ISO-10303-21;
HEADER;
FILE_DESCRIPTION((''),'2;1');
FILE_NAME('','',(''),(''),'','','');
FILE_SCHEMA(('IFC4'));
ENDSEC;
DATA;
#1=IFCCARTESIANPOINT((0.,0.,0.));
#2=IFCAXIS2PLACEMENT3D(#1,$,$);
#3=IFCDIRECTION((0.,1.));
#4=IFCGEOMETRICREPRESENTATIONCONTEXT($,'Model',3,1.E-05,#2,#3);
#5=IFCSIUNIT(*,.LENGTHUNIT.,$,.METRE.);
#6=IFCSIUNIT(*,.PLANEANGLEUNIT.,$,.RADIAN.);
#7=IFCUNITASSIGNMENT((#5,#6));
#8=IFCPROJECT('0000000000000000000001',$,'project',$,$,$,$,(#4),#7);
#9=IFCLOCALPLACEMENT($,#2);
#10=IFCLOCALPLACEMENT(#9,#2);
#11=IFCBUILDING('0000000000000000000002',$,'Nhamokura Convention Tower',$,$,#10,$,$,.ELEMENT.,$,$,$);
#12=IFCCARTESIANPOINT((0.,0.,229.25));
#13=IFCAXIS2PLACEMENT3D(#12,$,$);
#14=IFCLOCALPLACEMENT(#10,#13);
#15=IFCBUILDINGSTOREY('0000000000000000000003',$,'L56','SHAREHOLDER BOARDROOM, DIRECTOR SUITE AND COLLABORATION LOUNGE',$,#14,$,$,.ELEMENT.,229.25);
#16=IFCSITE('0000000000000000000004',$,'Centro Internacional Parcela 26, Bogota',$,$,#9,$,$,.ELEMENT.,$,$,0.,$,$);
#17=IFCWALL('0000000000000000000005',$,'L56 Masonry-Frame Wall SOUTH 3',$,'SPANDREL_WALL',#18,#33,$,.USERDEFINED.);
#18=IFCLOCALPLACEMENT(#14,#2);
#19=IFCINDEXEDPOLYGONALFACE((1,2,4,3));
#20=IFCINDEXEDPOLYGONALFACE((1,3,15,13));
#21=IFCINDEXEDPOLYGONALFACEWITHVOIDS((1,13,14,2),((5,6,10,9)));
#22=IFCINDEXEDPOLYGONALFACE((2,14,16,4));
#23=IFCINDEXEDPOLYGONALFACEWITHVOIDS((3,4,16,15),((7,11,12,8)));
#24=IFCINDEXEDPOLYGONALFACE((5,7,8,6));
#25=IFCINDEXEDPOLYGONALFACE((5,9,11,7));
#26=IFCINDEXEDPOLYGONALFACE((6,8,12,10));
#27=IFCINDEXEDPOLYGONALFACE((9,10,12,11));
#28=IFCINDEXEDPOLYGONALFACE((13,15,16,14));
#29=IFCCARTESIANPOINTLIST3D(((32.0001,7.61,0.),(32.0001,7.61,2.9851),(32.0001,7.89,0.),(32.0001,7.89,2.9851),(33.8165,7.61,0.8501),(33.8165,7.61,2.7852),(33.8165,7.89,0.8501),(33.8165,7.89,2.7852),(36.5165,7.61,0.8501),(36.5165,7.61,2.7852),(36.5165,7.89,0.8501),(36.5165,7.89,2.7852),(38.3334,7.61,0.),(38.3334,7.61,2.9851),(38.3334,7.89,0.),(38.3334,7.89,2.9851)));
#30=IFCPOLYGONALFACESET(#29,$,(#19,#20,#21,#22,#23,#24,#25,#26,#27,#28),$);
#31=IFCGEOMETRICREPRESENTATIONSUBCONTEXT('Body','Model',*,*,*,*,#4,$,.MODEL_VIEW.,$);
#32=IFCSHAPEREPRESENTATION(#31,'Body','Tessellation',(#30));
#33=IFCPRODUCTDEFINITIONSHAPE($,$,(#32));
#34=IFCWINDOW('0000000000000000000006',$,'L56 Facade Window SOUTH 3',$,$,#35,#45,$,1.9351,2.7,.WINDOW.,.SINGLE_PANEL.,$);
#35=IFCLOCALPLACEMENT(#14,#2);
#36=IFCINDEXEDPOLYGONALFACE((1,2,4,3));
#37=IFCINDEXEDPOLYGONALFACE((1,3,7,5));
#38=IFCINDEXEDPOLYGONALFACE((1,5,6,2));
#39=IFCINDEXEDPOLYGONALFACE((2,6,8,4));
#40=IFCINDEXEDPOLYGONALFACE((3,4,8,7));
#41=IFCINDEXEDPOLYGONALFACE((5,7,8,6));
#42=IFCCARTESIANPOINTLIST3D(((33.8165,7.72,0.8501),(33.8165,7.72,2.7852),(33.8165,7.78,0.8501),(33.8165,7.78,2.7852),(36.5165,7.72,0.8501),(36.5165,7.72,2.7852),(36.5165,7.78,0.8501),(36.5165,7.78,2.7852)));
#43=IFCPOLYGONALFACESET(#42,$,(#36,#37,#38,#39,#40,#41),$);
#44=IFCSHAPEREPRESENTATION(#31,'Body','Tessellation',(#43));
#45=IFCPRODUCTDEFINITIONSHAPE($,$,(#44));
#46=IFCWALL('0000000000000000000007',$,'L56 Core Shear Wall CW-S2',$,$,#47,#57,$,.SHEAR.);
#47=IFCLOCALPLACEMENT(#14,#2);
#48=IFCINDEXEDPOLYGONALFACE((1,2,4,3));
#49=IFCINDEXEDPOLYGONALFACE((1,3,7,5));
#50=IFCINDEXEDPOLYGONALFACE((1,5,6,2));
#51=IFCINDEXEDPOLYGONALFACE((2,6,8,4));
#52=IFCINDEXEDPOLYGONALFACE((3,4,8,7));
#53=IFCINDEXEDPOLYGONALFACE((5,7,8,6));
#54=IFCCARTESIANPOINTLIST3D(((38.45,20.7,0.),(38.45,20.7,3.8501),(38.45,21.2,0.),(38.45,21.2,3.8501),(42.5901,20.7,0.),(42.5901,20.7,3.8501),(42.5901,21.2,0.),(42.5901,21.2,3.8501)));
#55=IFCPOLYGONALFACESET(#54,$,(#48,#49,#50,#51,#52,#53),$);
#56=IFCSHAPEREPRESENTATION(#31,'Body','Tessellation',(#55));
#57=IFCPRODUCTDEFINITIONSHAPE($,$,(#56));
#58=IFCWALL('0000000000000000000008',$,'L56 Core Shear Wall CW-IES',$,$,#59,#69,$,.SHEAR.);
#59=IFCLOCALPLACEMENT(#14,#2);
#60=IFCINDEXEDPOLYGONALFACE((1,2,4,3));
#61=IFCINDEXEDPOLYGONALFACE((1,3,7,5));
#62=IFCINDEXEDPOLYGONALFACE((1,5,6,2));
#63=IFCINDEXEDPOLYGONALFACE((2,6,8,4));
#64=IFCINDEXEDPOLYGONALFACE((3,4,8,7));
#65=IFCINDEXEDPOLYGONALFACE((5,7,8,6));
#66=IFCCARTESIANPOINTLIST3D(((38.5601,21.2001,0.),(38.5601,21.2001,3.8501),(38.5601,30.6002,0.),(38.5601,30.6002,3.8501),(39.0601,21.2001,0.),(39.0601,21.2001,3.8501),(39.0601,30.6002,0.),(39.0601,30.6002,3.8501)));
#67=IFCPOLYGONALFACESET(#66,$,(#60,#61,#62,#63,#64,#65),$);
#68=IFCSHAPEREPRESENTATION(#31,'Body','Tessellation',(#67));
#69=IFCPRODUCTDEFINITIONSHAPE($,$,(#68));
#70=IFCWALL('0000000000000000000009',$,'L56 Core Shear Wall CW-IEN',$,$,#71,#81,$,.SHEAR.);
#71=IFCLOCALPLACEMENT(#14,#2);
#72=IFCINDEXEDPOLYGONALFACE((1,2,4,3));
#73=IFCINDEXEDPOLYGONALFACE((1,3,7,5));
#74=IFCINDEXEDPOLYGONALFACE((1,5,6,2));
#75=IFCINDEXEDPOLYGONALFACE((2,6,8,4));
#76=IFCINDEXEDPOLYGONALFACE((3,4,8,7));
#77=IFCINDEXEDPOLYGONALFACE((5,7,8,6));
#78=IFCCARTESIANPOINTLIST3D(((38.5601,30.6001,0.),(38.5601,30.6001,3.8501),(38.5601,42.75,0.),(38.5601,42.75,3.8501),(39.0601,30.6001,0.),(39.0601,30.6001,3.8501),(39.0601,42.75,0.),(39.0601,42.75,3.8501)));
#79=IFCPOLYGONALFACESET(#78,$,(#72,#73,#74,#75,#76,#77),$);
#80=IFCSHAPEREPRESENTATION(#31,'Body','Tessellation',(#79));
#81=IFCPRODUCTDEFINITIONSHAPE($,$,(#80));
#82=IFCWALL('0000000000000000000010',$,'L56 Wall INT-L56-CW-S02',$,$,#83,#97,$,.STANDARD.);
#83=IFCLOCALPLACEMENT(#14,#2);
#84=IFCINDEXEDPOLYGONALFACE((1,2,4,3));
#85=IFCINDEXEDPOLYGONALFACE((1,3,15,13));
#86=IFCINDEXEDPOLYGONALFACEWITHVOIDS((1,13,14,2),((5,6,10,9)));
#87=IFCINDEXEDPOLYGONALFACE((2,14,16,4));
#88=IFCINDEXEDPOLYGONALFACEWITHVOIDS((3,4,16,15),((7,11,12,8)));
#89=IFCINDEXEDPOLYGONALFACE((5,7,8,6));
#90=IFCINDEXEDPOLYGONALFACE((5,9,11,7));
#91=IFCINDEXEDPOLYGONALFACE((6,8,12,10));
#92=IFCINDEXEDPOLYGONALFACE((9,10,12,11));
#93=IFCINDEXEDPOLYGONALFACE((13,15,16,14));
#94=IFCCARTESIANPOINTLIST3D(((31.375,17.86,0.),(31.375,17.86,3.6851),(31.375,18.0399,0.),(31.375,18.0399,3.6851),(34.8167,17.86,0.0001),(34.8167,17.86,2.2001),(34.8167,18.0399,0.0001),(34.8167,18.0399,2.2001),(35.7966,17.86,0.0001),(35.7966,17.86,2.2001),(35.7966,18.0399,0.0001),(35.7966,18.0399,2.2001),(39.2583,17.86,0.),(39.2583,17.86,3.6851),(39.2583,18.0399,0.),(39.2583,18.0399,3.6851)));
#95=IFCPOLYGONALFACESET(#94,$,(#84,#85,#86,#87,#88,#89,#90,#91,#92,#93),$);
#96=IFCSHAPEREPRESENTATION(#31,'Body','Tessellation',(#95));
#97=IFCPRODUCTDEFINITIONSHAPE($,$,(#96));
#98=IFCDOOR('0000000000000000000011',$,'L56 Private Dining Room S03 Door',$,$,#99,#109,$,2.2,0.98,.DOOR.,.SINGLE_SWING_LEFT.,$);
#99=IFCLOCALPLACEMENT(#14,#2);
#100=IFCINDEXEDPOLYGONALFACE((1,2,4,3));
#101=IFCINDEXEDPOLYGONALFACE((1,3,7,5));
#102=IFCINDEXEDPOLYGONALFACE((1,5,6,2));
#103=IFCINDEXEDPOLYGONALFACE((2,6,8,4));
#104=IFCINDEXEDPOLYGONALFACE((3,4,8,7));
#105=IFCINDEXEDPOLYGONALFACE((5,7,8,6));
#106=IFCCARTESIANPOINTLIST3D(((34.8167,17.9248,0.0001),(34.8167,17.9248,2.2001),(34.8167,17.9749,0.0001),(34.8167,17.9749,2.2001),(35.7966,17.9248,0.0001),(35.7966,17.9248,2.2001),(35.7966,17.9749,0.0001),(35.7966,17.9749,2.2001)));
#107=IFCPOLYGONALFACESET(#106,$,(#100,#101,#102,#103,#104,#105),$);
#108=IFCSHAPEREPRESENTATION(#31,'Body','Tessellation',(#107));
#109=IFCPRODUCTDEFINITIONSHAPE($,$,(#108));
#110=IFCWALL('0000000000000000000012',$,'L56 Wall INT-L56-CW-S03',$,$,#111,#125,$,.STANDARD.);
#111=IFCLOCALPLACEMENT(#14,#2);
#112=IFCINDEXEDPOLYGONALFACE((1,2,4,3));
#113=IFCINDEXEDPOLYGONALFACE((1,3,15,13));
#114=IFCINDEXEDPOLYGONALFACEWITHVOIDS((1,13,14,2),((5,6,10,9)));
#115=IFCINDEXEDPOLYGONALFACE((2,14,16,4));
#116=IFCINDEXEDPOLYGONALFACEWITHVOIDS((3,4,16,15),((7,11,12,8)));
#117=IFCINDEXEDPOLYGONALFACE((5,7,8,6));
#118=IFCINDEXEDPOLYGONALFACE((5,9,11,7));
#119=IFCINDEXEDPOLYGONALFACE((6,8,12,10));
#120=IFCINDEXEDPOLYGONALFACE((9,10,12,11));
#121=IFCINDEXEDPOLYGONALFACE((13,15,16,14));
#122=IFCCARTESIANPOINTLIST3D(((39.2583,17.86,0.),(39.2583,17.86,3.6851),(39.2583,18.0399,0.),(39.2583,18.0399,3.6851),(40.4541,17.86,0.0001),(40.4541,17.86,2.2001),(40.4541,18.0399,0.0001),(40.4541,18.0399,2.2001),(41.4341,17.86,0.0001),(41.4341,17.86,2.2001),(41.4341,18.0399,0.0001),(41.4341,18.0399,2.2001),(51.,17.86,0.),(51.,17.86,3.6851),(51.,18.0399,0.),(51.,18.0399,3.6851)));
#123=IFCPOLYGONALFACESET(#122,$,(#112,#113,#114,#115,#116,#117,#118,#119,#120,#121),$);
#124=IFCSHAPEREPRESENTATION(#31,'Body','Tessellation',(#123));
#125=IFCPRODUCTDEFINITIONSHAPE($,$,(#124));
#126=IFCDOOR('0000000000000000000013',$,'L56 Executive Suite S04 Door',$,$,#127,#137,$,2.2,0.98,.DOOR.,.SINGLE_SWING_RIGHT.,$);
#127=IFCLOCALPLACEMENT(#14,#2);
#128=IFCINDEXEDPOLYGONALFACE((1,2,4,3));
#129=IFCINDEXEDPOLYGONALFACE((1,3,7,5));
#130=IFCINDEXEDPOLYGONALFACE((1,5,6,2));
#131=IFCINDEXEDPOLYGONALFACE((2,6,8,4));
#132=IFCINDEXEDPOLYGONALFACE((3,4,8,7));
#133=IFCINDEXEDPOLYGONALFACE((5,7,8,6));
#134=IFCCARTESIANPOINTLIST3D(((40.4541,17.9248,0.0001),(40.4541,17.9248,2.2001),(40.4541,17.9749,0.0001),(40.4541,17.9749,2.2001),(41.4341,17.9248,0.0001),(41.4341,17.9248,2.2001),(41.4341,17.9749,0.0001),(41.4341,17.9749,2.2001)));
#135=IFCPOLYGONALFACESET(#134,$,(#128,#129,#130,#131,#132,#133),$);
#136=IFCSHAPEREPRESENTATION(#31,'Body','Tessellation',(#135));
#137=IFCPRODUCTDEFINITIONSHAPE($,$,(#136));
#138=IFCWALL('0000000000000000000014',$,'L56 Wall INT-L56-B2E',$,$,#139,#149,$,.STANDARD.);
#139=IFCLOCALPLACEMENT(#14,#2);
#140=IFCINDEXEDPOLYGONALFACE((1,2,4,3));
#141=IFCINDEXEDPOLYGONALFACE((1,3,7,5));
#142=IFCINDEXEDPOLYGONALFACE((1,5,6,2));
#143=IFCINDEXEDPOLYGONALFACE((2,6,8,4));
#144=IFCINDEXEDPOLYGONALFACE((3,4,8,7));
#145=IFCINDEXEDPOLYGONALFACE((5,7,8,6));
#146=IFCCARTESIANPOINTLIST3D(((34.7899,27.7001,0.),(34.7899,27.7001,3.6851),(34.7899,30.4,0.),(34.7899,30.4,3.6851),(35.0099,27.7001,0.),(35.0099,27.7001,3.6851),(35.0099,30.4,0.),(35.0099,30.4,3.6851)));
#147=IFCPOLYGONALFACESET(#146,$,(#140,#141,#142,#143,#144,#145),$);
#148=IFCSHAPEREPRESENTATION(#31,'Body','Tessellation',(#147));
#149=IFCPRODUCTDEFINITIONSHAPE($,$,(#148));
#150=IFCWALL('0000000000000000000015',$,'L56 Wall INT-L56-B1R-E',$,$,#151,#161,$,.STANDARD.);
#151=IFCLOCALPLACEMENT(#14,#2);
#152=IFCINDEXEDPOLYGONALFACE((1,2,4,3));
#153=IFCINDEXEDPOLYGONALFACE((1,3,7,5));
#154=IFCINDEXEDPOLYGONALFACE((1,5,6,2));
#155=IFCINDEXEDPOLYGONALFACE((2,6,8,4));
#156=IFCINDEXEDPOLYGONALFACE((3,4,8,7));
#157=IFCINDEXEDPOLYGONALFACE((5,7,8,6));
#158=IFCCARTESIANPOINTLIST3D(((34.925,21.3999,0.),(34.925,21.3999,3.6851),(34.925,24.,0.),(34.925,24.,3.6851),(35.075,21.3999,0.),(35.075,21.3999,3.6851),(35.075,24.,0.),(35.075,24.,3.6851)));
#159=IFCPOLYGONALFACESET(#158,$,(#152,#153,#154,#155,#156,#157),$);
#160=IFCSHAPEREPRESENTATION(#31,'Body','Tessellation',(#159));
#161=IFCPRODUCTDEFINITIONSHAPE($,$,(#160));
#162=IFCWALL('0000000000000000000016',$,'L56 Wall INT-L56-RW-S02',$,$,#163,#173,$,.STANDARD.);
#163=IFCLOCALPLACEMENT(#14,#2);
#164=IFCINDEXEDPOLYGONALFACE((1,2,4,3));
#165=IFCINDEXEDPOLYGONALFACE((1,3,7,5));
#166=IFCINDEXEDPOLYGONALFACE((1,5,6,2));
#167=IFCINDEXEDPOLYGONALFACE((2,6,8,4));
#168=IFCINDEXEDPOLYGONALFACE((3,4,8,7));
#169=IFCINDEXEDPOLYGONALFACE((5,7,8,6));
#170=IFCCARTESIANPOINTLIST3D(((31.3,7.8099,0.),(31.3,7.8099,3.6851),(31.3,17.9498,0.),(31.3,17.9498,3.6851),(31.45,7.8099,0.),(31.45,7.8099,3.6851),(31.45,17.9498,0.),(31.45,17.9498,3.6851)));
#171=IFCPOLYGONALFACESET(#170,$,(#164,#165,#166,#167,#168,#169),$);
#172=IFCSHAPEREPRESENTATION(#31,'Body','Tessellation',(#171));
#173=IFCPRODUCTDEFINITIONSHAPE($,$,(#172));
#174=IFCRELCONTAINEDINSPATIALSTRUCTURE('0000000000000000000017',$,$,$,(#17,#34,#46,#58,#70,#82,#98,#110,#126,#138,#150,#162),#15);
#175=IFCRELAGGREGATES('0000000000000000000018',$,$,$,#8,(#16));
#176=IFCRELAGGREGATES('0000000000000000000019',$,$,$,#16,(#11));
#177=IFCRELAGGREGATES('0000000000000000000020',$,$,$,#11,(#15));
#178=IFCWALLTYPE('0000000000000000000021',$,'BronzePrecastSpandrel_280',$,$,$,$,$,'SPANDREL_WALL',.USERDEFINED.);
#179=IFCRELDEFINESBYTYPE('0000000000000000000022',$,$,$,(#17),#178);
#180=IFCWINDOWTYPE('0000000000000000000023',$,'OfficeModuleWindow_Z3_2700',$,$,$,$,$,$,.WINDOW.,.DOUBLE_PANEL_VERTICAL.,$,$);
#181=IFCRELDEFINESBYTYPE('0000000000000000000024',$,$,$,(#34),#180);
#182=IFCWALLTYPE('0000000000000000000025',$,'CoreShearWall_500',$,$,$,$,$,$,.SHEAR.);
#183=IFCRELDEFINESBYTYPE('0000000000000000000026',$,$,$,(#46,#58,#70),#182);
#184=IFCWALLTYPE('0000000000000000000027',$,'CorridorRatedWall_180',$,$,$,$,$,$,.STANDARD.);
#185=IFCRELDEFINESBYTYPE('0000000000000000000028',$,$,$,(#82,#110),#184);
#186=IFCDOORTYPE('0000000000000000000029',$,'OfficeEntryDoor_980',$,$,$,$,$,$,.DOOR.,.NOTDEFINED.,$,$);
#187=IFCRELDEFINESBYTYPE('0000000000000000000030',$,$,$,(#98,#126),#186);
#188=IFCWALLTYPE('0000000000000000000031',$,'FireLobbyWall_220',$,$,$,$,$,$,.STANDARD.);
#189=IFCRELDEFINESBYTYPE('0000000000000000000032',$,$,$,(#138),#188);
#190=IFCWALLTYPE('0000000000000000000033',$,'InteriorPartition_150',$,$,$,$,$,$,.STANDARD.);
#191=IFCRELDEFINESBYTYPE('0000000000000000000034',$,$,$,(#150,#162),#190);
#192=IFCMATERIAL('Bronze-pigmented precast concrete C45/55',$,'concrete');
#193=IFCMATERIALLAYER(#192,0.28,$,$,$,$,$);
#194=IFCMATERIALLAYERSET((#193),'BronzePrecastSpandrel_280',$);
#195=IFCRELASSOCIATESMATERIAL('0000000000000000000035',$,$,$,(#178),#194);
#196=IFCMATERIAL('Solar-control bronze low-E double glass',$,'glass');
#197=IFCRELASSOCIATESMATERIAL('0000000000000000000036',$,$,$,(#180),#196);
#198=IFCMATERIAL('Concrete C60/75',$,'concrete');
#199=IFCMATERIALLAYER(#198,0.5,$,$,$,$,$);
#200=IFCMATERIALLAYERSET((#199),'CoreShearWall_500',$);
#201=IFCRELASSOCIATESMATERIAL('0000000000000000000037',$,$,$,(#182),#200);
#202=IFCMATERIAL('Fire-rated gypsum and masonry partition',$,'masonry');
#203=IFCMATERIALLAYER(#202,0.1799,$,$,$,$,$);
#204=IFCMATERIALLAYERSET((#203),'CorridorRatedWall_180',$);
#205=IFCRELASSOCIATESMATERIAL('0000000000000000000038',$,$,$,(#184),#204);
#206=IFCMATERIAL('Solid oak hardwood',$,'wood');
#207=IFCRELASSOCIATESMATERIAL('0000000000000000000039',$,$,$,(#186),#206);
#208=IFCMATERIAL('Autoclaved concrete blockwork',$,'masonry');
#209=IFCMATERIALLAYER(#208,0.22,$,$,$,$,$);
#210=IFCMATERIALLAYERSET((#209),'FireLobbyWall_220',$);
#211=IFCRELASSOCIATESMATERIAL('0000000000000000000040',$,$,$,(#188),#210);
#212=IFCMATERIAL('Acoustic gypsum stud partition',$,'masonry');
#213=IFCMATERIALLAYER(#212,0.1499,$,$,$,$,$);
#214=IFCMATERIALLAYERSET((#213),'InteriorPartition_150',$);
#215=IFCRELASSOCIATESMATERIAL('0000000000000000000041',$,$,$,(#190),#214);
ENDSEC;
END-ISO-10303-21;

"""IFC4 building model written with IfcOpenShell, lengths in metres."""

from ifc_helpers import new_model, si_unit, direction, frame, frame_2d, origin, place, context, subcontext, project, spatial, rectangle, extrude, material, layer, layer_set, type_object, element, fill, save


model = new_model("IFC4")

# Units and contexts
model_context = context("Model", 3, precision=1e-05, world=origin(), true_north=direction((0.0, 1.0)))
body_context = subcontext(model_context, "Body", "Model", "MODEL_VIEW")
ifc_project = project(units=[si_unit("LENGTHUNIT", "METRE"), si_unit("PLANEANGLEUNIT", "RADIAN")], contexts=[model_context])

# Site, building, storey
site_placement = place(None, origin())
site = spatial("IfcSite", under=ifc_project, at=site_placement, Name="Centro Internacional Parcela 26, Bogota", CompositionType="ELEMENT", RefElevation=0.0)
building_placement = place(site_placement, origin())
building = spatial("IfcBuilding", under=site, at=building_placement, Name="Nhamokura Convention Tower", CompositionType="ELEMENT")
storey_placement = place(building_placement, frame((0.0, 0.0, 229.25)))
storey = spatial("IfcBuildingStorey", under=building, at=storey_placement, Name="L56", Description="SHAREHOLDER BOARDROOM, DIRECTOR SUITE AND COLLABORATION LOUNGE", CompositionType="ELEMENT", Elevation=229.25)

# Wall, opening, window
ifc_material_1 = material(Name="Bronze-pigmented precast concrete C45/55", Category="concrete")
ifc_layer_1 = layer(ifc_material_1, 0.28)
ifc_layer_set_1 = layer_set([ifc_layer_1], Name="BronzePrecastSpandrel_280")
wall_type_1 = type_object("IfcWallType", Name="BronzePrecastSpandrel_280", ElementType="SPANDREL_WALL", PredefinedType="USERDEFINED", material=ifc_layer_set_1)
ifc_material_2 = material(Name="Solar-control bronze low-E double glass", Category="glass")
window_type = type_object("IfcWindowType", Name="OfficeModuleWindow_Z3_2700", PartitioningType="DOUBLE_PANEL_VERTICAL", PredefinedType="WINDOW", material=ifc_material_2)
wall_1_placement = place(storey_placement, frame((38.3333, 7.75, 0.0), z_axis=(0.0, 0.0, 1.0), x_axis=(-1.0, 0.0, 0.0)))
wall_1 = element("IfcWall", 1, at=wall_1_placement, inside=storey, type_object=wall_type_1, Name="L56 Masonry-Frame Wall SOUTH 3", ObjectType="SPANDREL_WALL", PredefinedType="USERDEFINED", context=body_context, shape_type="SweptSolid", body=[
    extrude(rectangle(XDim=6.3333, YDim=0.28, at=frame_2d((3.1665, 0.0))), origin(), (0.0, 0.0, 1.0), 2.9851),
])
opening_1_placement = place(wall_1_placement, frame((1.8167, 0.0, 0.8501)))
opening_1 = element("IfcOpeningElement", 2, at=opening_1_placement, cuts=wall_1, PredefinedType="OPENING", context=body_context, shape_type="SweptSolid", body=[
    extrude(rectangle(XDim=2.7, YDim=1.9351, at=frame_2d((1.3501, 0.9675))), frame((0.0, 0.1499, 0.0), z_axis=(0.0, -1.0, 0.0), x_axis=(1.0, 0.0, 0.0)), (0.0, 0.0, 1.0), 0.3),
])
window_1_placement = place(opening_1_placement, origin())
window_1 = element("IfcWindow", 3, at=window_1_placement, inside=storey, type_object=window_type, Name="L56 Facade Window SOUTH 3", OverallHeight=1.9351, OverallWidth=2.7, PartitioningType="SINGLE_PANEL", PredefinedType="WINDOW", context=body_context, shape_type="SweptSolid", body=[
    extrude(rectangle(XDim=2.7, YDim=1.9351, at=frame_2d((1.3501, 0.9675))), frame((0.0, 0.03, 0.0), z_axis=(0.0, -1.0, 0.0), x_axis=(1.0, 0.0, 0.0)), (0.0, 0.0, 1.0), 0.0601),
])
fill(opening_1, window_1)

# Walls
ifc_material_3 = material(Name="Concrete C60/75", Category="concrete")
ifc_layer_2 = layer(ifc_material_3, 0.5)
ifc_layer_set_2 = layer_set([ifc_layer_2], Name="CoreShearWall_500")
wall_type_2 = type_object("IfcWallType", Name="CoreShearWall_500", PredefinedType="SHEAR", material=ifc_layer_set_2)
wall_2_placement = place(storey_placement, frame((38.45, 20.95, 0.0), z_axis=(0.0, 0.0, 1.0), x_axis=(1.0, 0.0, 0.0)))
element("IfcWall", 4, at=wall_2_placement, inside=storey, type_object=wall_type_2, Name="L56 Core Shear Wall CW-S2", PredefinedType="SHEAR", context=body_context, shape_type="SweptSolid", body=[
    extrude(rectangle(XDim=4.1401, YDim=0.5, at=frame_2d((2.0701, 0.0))), origin(), (0.0, 0.0, 1.0), 3.8501),
])
wall_3_placement = place(storey_placement, frame((38.8101, 21.2, 0.0), z_axis=(0.0, 0.0, 1.0), x_axis=(0.0, 1.0, 0.0)))
element("IfcWall", 5, at=wall_3_placement, inside=storey, type_object=wall_type_2, Name="L56 Core Shear Wall CW-IES", PredefinedType="SHEAR", context=body_context, shape_type="SweptSolid", body=[
    extrude(rectangle(XDim=9.4001, YDim=0.5, at=frame_2d((4.7002, 0.0))), origin(), (0.0, 0.0, 1.0), 3.8501),
])
wall_4_placement = place(storey_placement, frame((38.8101, 30.6001, 0.0), z_axis=(0.0, 0.0, 1.0), x_axis=(0.0, 1.0, 0.0)))
element("IfcWall", 6, at=wall_4_placement, inside=storey, type_object=wall_type_2, Name="L56 Core Shear Wall CW-IEN", PredefinedType="SHEAR", context=body_context, shape_type="SweptSolid", body=[
    extrude(rectangle(XDim=12.1499, YDim=0.5, at=frame_2d((6.075, 0.0))), origin(), (0.0, 0.0, 1.0), 3.8501),
])

# Walls, openings, doors
ifc_material_4 = material(Name="Fire-rated gypsum and masonry partition", Category="masonry")
ifc_layer_3 = layer(ifc_material_4, 0.1799)
ifc_layer_set_3 = layer_set([ifc_layer_3], Name="CorridorRatedWall_180")
wall_type_3 = type_object("IfcWallType", Name="CorridorRatedWall_180", PredefinedType="STANDARD", material=ifc_layer_set_3)
wall_5_placement = place(storey_placement, frame((31.375, 17.95, 0.0), z_axis=(0.0, 0.0, 1.0), x_axis=(1.0, 0.0, 0.0)))
wall_5 = element("IfcWall", 7, at=wall_5_placement, inside=storey, type_object=wall_type_3, Name="L56 Wall INT-L56-CW-S02", PredefinedType="STANDARD", context=body_context, shape_type="SweptSolid", body=[
    extrude(rectangle(XDim=7.8833, YDim=0.1799, at=frame_2d((3.9417, 0.0))), origin(), (0.0, 0.0, 1.0), 3.6851),
])
opening_2_placement = place(wall_5_placement, frame((3.4417, 0.0, 0.0)))
opening_2 = element("IfcOpeningElement", 8, at=opening_2_placement, cuts=wall_5, PredefinedType="OPENING", context=body_context, shape_type="SweptSolid", body=[
    extrude(rectangle(XDim=0.98, YDim=2.2, at=frame_2d((0.49, 1.1001))), frame((0.0, 0.0999, 0.0), z_axis=(0.0, -1.0, 0.0), x_axis=(1.0, 0.0, 0.0)), (0.0, 0.0, 1.0), 0.2),
])
ifc_material_5 = material(Name="Solid oak hardwood", Category="wood")
door_type_1 = type_object("IfcDoorType", Name="OfficeEntryDoor_980", OperationType="NOTDEFINED", PredefinedType="DOOR", material=ifc_material_5)
door_1_placement = place(opening_2_placement, origin())
door_1 = element("IfcDoor", 9, at=door_1_placement, inside=storey, type_object=door_type_1, Name="L56 Private Dining Room S03 Door", OperationType="SINGLE_SWING_LEFT", OverallHeight=2.2, OverallWidth=0.98, PredefinedType="DOOR", context=body_context, shape_type="SweptSolid", body=[
    extrude(rectangle(XDim=0.98, YDim=2.2, at=frame_2d((0.49, 1.1001))), frame((0.0, 0.0249, 0.0), z_axis=(0.0, -1.0, 0.0), x_axis=(1.0, 0.0, 0.0)), (0.0, 0.0, 1.0), 0.05),
])
fill(opening_2, door_1)
wall_6_placement = place(storey_placement, frame((39.2583, 17.95, 0.0), z_axis=(0.0, 0.0, 1.0), x_axis=(1.0, 0.0, 0.0)))
wall_6 = element("IfcWall", 10, at=wall_6_placement, inside=storey, type_object=wall_type_3, Name="L56 Wall INT-L56-CW-S03", PredefinedType="STANDARD", context=body_context, shape_type="SweptSolid", body=[
    extrude(rectangle(XDim=11.7417, YDim=0.1799, at=frame_2d((5.8708, 0.0))), origin(), (0.0, 0.0, 1.0), 3.6851),
])
opening_3_placement = place(wall_6_placement, frame((1.1958, 0.0, 0.0)))
opening_3 = element("IfcOpeningElement", 11, at=opening_3_placement, cuts=wall_6, PredefinedType="OPENING", context=body_context, shape_type="SweptSolid", body=[
    extrude(rectangle(XDim=0.98, YDim=2.2, at=frame_2d((0.49, 1.1001))), frame((0.0, 0.0999, 0.0), z_axis=(0.0, -1.0, 0.0), x_axis=(1.0, 0.0, 0.0)), (0.0, 0.0, 1.0), 0.2),
])
door_2_placement = place(opening_3_placement, origin())
door_2 = element("IfcDoor", 12, at=door_2_placement, inside=storey, type_object=door_type_1, Name="L56 Executive Suite S04 Door", OperationType="SINGLE_SWING_RIGHT", OverallHeight=2.2, OverallWidth=0.98, PredefinedType="DOOR", context=body_context, shape_type="SweptSolid", body=[
    extrude(rectangle(XDim=0.98, YDim=2.2, at=frame_2d((0.49, 1.1001))), frame((0.0, 0.0249, 0.0), z_axis=(0.0, -1.0, 0.0), x_axis=(1.0, 0.0, 0.0)), (0.0, 0.0, 1.0), 0.05),
])
fill(opening_3, door_2)
ifc_material_6 = material(Name="Autoclaved concrete blockwork", Category="masonry")
ifc_layer_4 = layer(ifc_material_6, 0.22)
ifc_layer_set_4 = layer_set([ifc_layer_4], Name="FireLobbyWall_220")
wall_type_4 = type_object("IfcWallType", Name="FireLobbyWall_220", PredefinedType="STANDARD", material=ifc_layer_set_4)

# Walls
wall_7_placement = place(storey_placement, frame((34.8999, 27.7, 0.0), z_axis=(0.0, 0.0, 1.0), x_axis=(0.0, 1.0, 0.0)))
element("IfcWall", 13, at=wall_7_placement, inside=storey, type_object=wall_type_4, Name="L56 Wall INT-L56-B2E", PredefinedType="STANDARD", context=body_context, shape_type="SweptSolid", body=[
    extrude(rectangle(XDim=2.7, YDim=0.22, at=frame_2d((1.3501, 0.0))), origin(), (0.0, 0.0, 1.0), 3.6851),
])
ifc_material_7 = material(Name="Acoustic gypsum stud partition", Category="masonry")
ifc_layer_5 = layer(ifc_material_7, 0.1499)
ifc_layer_set_5 = layer_set([ifc_layer_5], Name="InteriorPartition_150")
wall_type_5 = type_object("IfcWallType", Name="InteriorPartition_150", PredefinedType="STANDARD", material=ifc_layer_set_5)
wall_8_placement = place(storey_placement, frame((35.0, 21.3999, 0.0), z_axis=(0.0, 0.0, 1.0), x_axis=(0.0, 1.0, 0.0)))
element("IfcWall", 14, at=wall_8_placement, inside=storey, type_object=wall_type_5, Name="L56 Wall INT-L56-B1R-E", PredefinedType="STANDARD", context=body_context, shape_type="SweptSolid", body=[
    extrude(rectangle(XDim=2.6001, YDim=0.1499, at=frame_2d((1.3, 0.0))), origin(), (0.0, 0.0, 1.0), 3.6851),
])
for number, where, z_axis, x_axis, name in (
    (15, (31.375, 7.8101, 0.0), (0.0, 0.0, 1.0), (0.0, 1.0, 0.0), "L56 Wall INT-L56-RW-S02"),
):
    element("IfcWall", number, at=place(storey_placement, frame(where, z_axis=z_axis, x_axis=x_axis)), inside=storey, type_object=wall_type_5, Name=name, PredefinedType="STANDARD", context=body_context, shape_type="SweptSolid", body=[
        extrude(rectangle(XDim=10.1399, YDim=0.1499, at=frame_2d((5.0698, 0.0))), origin(), (0.0, 0.0, 1.0), 3.6851),
    ])

save(model, "model.ifc")
